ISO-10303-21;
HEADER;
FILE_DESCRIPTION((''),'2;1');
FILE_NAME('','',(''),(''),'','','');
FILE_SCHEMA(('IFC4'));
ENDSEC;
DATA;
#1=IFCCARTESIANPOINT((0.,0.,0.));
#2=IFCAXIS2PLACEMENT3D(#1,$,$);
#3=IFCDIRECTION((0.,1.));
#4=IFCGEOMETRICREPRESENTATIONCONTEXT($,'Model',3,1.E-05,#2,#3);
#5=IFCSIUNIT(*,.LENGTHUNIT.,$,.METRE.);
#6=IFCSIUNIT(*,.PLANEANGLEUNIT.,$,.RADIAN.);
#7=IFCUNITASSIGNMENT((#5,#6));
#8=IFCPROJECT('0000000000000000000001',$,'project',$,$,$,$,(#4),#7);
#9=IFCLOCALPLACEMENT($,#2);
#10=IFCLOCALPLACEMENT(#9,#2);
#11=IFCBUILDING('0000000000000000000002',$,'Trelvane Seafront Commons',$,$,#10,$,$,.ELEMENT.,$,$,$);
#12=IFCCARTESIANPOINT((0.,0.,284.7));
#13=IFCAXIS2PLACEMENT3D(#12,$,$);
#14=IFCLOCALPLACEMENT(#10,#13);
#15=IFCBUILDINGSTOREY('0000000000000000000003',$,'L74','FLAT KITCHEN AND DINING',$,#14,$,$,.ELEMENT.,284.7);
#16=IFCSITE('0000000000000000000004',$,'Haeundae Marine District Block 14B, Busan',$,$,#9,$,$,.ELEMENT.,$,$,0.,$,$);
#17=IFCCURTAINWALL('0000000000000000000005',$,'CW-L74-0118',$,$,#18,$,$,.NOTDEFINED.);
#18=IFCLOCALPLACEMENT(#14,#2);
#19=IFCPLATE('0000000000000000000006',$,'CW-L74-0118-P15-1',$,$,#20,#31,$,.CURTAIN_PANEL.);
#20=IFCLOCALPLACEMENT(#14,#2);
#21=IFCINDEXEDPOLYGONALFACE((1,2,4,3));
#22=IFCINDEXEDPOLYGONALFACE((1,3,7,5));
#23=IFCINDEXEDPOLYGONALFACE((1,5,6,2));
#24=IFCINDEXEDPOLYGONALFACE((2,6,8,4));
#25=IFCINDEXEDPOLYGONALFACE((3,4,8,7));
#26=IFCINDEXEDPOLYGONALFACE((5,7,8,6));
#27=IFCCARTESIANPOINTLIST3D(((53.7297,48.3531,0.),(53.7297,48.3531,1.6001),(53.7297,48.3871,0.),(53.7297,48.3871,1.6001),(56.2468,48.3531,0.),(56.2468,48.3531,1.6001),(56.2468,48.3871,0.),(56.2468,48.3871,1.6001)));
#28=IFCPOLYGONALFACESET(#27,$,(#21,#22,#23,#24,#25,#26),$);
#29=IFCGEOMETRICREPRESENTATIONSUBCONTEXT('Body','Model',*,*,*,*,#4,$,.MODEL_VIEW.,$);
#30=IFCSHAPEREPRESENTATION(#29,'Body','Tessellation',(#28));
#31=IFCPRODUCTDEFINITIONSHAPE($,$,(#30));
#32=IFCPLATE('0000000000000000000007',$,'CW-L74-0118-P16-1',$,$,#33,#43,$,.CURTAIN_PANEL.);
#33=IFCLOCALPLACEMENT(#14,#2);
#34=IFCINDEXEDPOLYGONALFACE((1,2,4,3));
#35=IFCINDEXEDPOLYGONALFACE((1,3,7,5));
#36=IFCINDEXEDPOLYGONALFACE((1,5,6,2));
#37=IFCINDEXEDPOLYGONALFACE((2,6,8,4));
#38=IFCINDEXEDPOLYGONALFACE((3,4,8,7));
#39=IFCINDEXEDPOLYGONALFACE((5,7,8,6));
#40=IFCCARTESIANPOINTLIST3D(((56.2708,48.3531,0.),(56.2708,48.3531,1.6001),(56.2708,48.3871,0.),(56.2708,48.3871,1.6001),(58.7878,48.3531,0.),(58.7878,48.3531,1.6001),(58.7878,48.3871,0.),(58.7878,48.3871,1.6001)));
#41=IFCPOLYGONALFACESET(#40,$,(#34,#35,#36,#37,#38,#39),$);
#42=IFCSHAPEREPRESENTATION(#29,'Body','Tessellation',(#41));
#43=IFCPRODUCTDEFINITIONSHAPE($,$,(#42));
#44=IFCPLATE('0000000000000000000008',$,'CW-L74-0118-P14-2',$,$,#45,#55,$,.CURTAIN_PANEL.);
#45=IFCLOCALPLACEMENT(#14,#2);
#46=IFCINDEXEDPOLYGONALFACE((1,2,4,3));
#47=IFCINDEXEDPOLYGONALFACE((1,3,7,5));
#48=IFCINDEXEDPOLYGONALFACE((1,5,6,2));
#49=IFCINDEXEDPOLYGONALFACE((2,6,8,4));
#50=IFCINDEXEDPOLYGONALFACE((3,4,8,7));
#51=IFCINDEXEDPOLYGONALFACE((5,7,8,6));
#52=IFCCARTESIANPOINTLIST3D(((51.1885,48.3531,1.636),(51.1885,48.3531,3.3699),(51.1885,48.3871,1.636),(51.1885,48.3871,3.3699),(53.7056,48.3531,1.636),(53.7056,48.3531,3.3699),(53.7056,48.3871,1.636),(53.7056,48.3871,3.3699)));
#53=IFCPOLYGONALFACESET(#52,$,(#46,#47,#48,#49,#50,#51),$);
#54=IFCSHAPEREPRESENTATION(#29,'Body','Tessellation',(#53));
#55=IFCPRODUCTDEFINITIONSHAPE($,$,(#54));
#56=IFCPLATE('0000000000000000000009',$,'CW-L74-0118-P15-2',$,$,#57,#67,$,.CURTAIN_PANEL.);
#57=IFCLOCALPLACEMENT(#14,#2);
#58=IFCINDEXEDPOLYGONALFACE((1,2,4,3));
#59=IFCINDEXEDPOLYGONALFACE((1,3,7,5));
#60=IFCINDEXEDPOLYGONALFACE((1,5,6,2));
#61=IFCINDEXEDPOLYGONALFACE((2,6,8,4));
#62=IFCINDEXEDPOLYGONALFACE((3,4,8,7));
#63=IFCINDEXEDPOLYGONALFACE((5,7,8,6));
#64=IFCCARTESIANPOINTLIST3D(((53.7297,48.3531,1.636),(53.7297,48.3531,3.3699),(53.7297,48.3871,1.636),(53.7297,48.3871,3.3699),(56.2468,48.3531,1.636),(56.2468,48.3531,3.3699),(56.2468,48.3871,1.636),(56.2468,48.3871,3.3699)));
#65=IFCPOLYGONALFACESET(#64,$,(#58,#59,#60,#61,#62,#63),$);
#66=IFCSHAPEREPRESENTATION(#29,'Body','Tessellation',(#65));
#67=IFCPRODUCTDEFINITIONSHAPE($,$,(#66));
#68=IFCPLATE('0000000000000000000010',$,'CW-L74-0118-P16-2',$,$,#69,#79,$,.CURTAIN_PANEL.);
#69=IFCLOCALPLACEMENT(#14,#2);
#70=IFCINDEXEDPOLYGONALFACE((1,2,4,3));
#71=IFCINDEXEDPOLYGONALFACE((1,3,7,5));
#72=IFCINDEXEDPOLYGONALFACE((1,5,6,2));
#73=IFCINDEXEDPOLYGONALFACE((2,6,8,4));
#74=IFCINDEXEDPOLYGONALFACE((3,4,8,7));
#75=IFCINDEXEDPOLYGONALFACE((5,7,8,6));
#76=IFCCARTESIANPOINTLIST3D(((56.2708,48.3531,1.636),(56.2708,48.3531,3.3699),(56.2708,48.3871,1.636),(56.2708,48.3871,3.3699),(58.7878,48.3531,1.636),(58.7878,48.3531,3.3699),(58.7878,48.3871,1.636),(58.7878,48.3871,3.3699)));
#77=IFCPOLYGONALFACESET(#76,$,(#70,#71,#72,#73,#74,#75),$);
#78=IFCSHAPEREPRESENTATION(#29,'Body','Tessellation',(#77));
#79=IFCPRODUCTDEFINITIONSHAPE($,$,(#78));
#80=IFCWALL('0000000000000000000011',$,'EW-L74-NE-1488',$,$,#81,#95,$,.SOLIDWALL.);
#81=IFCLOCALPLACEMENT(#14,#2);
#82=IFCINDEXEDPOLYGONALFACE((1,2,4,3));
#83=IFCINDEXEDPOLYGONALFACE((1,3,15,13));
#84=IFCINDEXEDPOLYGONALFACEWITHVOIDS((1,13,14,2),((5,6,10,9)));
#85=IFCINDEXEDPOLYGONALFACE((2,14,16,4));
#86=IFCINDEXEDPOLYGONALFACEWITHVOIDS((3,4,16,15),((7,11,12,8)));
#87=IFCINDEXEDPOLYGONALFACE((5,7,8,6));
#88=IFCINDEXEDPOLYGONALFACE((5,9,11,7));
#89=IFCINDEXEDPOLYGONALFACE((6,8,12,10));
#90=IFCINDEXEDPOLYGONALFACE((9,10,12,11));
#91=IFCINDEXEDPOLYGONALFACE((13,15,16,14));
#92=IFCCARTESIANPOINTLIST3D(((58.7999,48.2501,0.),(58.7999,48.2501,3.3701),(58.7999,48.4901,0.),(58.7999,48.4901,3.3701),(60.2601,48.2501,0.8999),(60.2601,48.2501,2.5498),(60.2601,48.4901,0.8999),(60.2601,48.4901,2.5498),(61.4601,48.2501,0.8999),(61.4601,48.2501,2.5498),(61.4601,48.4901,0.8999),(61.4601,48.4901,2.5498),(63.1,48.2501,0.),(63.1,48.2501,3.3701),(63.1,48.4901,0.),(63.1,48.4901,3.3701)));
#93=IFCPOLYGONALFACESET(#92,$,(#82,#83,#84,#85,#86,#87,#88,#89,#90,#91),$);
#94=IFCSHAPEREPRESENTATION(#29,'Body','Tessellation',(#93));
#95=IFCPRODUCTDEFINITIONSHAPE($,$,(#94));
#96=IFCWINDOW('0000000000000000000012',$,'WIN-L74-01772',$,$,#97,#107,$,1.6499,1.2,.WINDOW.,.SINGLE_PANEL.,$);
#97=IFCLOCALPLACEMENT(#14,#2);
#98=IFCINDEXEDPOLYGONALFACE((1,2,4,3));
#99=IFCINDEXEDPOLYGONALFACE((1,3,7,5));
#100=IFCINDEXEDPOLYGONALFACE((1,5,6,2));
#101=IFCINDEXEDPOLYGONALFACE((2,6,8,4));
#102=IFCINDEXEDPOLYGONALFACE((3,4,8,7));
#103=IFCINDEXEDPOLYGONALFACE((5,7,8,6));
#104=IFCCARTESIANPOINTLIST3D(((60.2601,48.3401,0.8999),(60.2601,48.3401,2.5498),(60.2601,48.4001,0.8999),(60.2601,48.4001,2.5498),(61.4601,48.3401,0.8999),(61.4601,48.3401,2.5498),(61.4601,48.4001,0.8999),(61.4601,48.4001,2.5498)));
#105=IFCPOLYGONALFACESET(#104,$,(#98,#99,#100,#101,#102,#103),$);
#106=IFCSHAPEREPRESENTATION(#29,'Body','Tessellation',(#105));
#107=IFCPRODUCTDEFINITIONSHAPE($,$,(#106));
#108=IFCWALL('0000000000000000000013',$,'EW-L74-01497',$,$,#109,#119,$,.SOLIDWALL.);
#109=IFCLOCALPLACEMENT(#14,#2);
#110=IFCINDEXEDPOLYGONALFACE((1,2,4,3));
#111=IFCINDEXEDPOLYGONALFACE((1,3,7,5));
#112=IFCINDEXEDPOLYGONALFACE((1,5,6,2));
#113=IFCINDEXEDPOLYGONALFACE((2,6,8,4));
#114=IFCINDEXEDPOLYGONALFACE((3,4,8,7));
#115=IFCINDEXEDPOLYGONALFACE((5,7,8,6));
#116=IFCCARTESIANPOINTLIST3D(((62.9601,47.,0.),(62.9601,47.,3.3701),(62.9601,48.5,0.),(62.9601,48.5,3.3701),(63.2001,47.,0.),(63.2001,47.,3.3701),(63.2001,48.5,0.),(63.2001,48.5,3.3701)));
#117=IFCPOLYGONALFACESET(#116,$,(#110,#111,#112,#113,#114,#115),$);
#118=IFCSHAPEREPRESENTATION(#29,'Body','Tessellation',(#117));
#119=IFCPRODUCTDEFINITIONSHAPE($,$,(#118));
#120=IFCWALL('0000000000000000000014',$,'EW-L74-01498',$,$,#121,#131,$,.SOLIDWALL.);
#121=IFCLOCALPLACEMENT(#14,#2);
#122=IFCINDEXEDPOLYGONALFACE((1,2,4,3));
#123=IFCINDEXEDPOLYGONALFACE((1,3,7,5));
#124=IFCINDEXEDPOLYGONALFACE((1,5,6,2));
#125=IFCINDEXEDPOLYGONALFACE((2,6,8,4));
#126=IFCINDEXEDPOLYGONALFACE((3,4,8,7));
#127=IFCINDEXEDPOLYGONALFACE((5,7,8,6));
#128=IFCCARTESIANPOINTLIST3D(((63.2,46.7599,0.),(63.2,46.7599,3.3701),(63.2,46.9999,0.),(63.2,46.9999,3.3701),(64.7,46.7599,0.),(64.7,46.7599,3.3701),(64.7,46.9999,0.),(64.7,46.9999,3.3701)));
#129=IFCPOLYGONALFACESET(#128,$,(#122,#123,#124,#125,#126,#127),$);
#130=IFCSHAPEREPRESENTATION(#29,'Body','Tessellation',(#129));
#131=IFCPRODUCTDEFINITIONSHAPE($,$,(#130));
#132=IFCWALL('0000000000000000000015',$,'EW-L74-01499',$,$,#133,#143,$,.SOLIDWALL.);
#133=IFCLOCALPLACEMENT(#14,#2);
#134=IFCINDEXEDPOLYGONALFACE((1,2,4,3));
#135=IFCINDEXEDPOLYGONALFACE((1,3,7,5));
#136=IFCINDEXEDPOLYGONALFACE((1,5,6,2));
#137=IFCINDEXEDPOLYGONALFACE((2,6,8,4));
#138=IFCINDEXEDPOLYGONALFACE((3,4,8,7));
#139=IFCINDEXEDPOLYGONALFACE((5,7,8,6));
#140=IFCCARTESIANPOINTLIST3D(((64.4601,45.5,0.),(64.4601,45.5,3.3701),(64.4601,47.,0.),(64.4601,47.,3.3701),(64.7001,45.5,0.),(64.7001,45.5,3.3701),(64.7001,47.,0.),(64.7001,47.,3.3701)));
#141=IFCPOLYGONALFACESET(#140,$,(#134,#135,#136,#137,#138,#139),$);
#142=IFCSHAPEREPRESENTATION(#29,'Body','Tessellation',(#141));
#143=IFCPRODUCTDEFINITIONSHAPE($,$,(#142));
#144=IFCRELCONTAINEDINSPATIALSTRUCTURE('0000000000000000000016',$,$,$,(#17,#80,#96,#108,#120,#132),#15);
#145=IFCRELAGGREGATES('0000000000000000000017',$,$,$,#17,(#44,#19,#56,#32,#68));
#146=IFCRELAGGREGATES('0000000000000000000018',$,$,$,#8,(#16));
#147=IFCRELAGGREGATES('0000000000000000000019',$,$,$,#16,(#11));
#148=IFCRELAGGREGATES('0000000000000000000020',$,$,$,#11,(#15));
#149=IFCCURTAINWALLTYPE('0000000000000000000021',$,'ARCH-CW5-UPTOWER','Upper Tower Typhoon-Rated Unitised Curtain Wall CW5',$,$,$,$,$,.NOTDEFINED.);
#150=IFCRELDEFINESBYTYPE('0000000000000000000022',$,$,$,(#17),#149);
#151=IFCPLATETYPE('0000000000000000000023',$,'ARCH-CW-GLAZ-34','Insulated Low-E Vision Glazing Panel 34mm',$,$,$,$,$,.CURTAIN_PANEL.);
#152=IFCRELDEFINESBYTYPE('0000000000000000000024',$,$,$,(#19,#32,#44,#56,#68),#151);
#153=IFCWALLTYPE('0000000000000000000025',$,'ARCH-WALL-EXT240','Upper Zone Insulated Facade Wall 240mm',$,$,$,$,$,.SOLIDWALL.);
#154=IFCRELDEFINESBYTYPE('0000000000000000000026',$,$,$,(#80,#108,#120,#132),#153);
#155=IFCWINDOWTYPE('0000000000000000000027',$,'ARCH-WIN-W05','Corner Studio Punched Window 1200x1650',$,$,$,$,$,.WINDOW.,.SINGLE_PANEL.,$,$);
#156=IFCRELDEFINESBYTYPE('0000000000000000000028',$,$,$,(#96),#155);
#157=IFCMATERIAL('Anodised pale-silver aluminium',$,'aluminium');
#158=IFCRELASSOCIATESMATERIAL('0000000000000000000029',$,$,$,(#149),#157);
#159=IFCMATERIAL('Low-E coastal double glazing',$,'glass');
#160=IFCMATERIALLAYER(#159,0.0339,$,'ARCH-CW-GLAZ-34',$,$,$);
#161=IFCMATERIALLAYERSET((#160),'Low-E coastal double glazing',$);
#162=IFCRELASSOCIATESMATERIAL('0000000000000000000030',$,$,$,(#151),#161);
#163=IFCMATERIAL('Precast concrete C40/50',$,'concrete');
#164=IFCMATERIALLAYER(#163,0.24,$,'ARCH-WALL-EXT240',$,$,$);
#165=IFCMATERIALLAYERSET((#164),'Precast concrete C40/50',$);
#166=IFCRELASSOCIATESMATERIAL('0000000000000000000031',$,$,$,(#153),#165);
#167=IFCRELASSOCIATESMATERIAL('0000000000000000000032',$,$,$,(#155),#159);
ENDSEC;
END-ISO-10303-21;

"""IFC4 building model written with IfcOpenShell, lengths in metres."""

from ifc_helpers import new_model, si_unit, direction, frame, frame_2d, origin, origin_2d, place, context, subcontext, project, spatial, rectangle, extrude, source, transform, mapped, material, layer, layer_set, type_object, element, fill, aggregate, save


model = new_model("IFC4")

# Units and contexts
model_context = context("Model", 3, precision=1e-05, world=origin(), true_north=direction((0.0, 1.0)))
body_context = subcontext(model_context, "Body", "Model", "MODEL_VIEW")
ifc_project = project(units=[si_unit("LENGTHUNIT", "METRE"), si_unit("PLANEANGLEUNIT", "RADIAN")], contexts=[model_context])

# Site, building, storey
site_placement = place(None, origin())
site = spatial("IfcSite", under=ifc_project, at=site_placement, Name="Haeundae Marine District Block 14B, Busan", CompositionType="ELEMENT", RefElevation=0.0)
building_placement = place(site_placement, origin())
building = spatial("IfcBuilding", under=site, at=building_placement, Name="Trelvane Seafront Commons", CompositionType="ELEMENT")
storey_placement = place(building_placement, frame((0.0, 0.0, 284.7)))
storey = spatial("IfcBuildingStorey", under=building, at=storey_placement, Name="L74", Description="FLAT KITCHEN AND DINING", CompositionType="ELEMENT", Elevation=284.7)

# Curtain wall
ifc_material_1 = material(Name="Anodised pale-silver aluminium", Category="aluminium")
curtain_wall_type = type_object("IfcCurtainWallType", Name="ARCH-CW5-UPTOWER", Description="Upper Tower Typhoon-Rated Unitised Curtain Wall CW5", PredefinedType="NOTDEFINED", material=ifc_material_1)
curtain_wall_placement = place(storey_placement, origin())
curtain_wall = element("IfcCurtainWall", 1, at=curtain_wall_placement, inside=storey, type_object=curtain_wall_type, Name="CW-L74-0118", PredefinedType="NOTDEFINED")

# Plates
ifc_material_2 = material(Name="Low-E coastal double glazing", Category="glass")
ifc_layer_1 = layer(ifc_material_2, 0.0339, Name="ARCH-CW-GLAZ-34")
ifc_layer_set_1 = layer_set([ifc_layer_1], Name="Low-E coastal double glazing")
plate_type_1 = type_object("IfcPlateType", Name="ARCH-CW-GLAZ-34", Description="Insulated Low-E Vision Glazing Panel 34mm", PredefinedType="CURTAIN_PANEL", material=ifc_layer_set_1)
shared_shape_1 = source(origin(), body_context, "Body", "SweptSolid", [
    extrude(rectangle(XDim=2.5171, YDim=0.0339, at=origin_2d()), origin(), (0.0, 0.0, 1.0), 1.6001),
])
plate_1_placement = place(storey_placement, frame((54.9883, 48.3701, 0.0), z_axis=(0.0, 0.0, 1.0), x_axis=(1.0, 0.0, 0.0)))
plate_1 = element("IfcPlate", 2, at=plate_1_placement, type_object=plate_type_1, Name="CW-L74-0118-P15-1", PredefinedType="CURTAIN_PANEL", context=body_context, shape_type="MappedRepresentation", body=[
    mapped(shared_shape_1, transform((0.0, 0.0, 0.0), x_axis=(1.0, 0.0, 0.0), y_axis=(0.0, 1.0, 0.0), z_axis=(0.0, 0.0, 1.0), scale=1.0)),
])
plate_2_placement = place(storey_placement, frame((57.5293, 48.3701, 0.0), z_axis=(0.0, 0.0, 1.0), x_axis=(1.0, 0.0, 0.0)))
plate_2 = element("IfcPlate", 3, at=plate_2_placement, type_object=plate_type_1, Name="CW-L74-0118-P16-1", PredefinedType="CURTAIN_PANEL", context=body_context, shape_type="MappedRepresentation", body=[
    mapped(shared_shape_1, transform((0.0, 0.0, 0.0), x_axis=(1.0, 0.0, 0.0), y_axis=(0.0, 1.0, 0.0), z_axis=(0.0, 0.0, 1.0), scale=1.0)),
])
shared_shape_2 = source(origin(), body_context, "Body", "SweptSolid", [
    extrude(rectangle(XDim=2.5171, YDim=0.0339, at=origin_2d()), origin(), (0.0, 0.0, 1.0), 1.7339),
])
plate_3_placement = place(storey_placement, frame((52.447, 48.3701, 1.636), z_axis=(0.0, 0.0, 1.0), x_axis=(1.0, 0.0, 0.0)))
plate_3 = element("IfcPlate", 4, at=plate_3_placement, type_object=plate_type_1, Name="CW-L74-0118-P14-2", PredefinedType="CURTAIN_PANEL", context=body_context, shape_type="MappedRepresentation", body=[
    mapped(shared_shape_2, transform((0.0, 0.0, 0.0), x_axis=(1.0, 0.0, 0.0), y_axis=(0.0, 1.0, 0.0), z_axis=(0.0, 0.0, 1.0), scale=1.0)),
])
plate_4_placement = place(storey_placement, frame((54.9883, 48.3701, 1.636), z_axis=(0.0, 0.0, 1.0), x_axis=(1.0, 0.0, 0.0)))
plate_4 = element("IfcPlate", 5, at=plate_4_placement, type_object=plate_type_1, Name="CW-L74-0118-P15-2", PredefinedType="CURTAIN_PANEL", context=body_context, shape_type="MappedRepresentation", body=[
    mapped(shared_shape_2, transform((0.0, 0.0, 0.0), x_axis=(1.0, 0.0, 0.0), y_axis=(0.0, 1.0, 0.0), z_axis=(0.0, 0.0, 1.0), scale=1.0)),
])
plate_5_placement = place(storey_placement, frame((57.5293, 48.3701, 1.636), z_axis=(0.0, 0.0, 1.0), x_axis=(1.0, 0.0, 0.0)))
plate_5 = element("IfcPlate", 6, at=plate_5_placement, type_object=plate_type_1, Name="CW-L74-0118-P16-2", PredefinedType="CURTAIN_PANEL", context=body_context, shape_type="MappedRepresentation", body=[
    mapped(shared_shape_2, transform((0.0, 0.0, 0.0), x_axis=(1.0, 0.0, 0.0), y_axis=(0.0, 1.0, 0.0), z_axis=(0.0, 0.0, 1.0), scale=1.0)),
])
aggregate(curtain_wall, [plate_3, plate_1, plate_4, plate_2, plate_5])

# Wall, opening, window
ifc_material_3 = material(Name="Precast concrete C40/50", Category="concrete")
ifc_layer_2 = layer(ifc_material_3, 0.24, Name="ARCH-WALL-EXT240")
ifc_layer_set_2 = layer_set([ifc_layer_2], Name="Precast concrete C40/50")
wall_type = type_object("IfcWallType", Name="ARCH-WALL-EXT240", Description="Upper Zone Insulated Facade Wall 240mm", PredefinedType="SOLIDWALL", material=ifc_layer_set_2)
wall_1_placement = place(storey_placement, frame((58.8, 48.3701, 0.0), z_axis=(0.0, 0.0, 1.0), x_axis=(1.0, 0.0, 0.0)))
wall_1 = element("IfcWall", 7, at=wall_1_placement, inside=storey, type_object=wall_type, Name="EW-L74-NE-1488", PredefinedType="SOLIDWALL", context=body_context, shape_type="SweptSolid", body=[
    extrude(rectangle(XDim=4.3, YDim=0.24, at=frame_2d((2.1499, 0.0))), origin(), (0.0, 0.0, 1.0), 3.3701),
])
opening_1_placement = place(wall_1_placement, frame((1.46, 0.0, 0.8999)))
opening_1 = element("IfcOpeningElement", 8, at=opening_1_placement, cuts=wall_1, PredefinedType="OPENING", context=body_context, shape_type="SweptSolid", body=[
    extrude(rectangle(XDim=1.2, YDim=1.6499, at=frame_2d((0.6001, 0.825))), frame((0.0, 0.1299, 0.0), z_axis=(0.0, -1.0, 0.0), x_axis=(1.0, 0.0, 0.0)), (0.0, 0.0, 1.0), 0.26),
])
window_type_1 = type_object("IfcWindowType", Name="ARCH-WIN-W05", Description="Corner Studio Punched Window 1200x1650", PartitioningType="SINGLE_PANEL", PredefinedType="WINDOW", material=ifc_material_2)
shared_shape_3 = source(origin(), body_context, "Body", "SweptSolid", [
    extrude(rectangle(XDim=1.2, YDim=1.6499, at=frame_2d((0.6001, 0.825))), frame((0.0, 0.03, 0.0), z_axis=(0.0, -1.0, 0.0), x_axis=(1.0, 0.0, 0.0)), (0.0, 0.0, 1.0), 0.0601),
])
window_1_placement = place(opening_1_placement, origin())
window_1 = element("IfcWindow", 9, at=window_1_placement, inside=storey, type_object=window_type_1, Name="WIN-L74-01772", OverallHeight=1.6499, OverallWidth=1.2, PartitioningType="SINGLE_PANEL", PredefinedType="WINDOW", context=body_context, shape_type="MappedRepresentation", body=[
    mapped(shared_shape_3, transform((0.0, 0.0, 0.0), x_axis=(1.0, 0.0, 0.0), y_axis=(0.0, 1.0, 0.0), z_axis=(0.0, 0.0, 1.0), scale=1.0)),
])
fill(opening_1, window_1)

# Walls
for number, where, z_axis, x_axis, name in (
    (10, (63.0801, 48.5, 0.0), (0.0, 0.0, 1.0), (0.0, -1.0, 0.0), "EW-L74-01497"),
    (11, (63.2, 46.8799, 0.0), (0.0, 0.0, 1.0), (1.0, 0.0, 0.0), "EW-L74-01498"),
    (12, (64.5801, 47.0, 0.0), (0.0, 0.0, 1.0), (0.0, -1.0, 0.0), "EW-L74-01499"),
):
    element("IfcWall", number, at=place(storey_placement, frame(where, z_axis=z_axis, x_axis=x_axis)), inside=storey, type_object=wall_type, Name=name, PredefinedType="SOLIDWALL", context=body_context, shape_type="SweptSolid", body=[
        extrude(rectangle(XDim=1.5, YDim=0.24, at=frame_2d((0.75, 0.0))), origin(), (0.0, 0.0, 1.0), 3.3701),
    ])

save(model, "model.ifc")
